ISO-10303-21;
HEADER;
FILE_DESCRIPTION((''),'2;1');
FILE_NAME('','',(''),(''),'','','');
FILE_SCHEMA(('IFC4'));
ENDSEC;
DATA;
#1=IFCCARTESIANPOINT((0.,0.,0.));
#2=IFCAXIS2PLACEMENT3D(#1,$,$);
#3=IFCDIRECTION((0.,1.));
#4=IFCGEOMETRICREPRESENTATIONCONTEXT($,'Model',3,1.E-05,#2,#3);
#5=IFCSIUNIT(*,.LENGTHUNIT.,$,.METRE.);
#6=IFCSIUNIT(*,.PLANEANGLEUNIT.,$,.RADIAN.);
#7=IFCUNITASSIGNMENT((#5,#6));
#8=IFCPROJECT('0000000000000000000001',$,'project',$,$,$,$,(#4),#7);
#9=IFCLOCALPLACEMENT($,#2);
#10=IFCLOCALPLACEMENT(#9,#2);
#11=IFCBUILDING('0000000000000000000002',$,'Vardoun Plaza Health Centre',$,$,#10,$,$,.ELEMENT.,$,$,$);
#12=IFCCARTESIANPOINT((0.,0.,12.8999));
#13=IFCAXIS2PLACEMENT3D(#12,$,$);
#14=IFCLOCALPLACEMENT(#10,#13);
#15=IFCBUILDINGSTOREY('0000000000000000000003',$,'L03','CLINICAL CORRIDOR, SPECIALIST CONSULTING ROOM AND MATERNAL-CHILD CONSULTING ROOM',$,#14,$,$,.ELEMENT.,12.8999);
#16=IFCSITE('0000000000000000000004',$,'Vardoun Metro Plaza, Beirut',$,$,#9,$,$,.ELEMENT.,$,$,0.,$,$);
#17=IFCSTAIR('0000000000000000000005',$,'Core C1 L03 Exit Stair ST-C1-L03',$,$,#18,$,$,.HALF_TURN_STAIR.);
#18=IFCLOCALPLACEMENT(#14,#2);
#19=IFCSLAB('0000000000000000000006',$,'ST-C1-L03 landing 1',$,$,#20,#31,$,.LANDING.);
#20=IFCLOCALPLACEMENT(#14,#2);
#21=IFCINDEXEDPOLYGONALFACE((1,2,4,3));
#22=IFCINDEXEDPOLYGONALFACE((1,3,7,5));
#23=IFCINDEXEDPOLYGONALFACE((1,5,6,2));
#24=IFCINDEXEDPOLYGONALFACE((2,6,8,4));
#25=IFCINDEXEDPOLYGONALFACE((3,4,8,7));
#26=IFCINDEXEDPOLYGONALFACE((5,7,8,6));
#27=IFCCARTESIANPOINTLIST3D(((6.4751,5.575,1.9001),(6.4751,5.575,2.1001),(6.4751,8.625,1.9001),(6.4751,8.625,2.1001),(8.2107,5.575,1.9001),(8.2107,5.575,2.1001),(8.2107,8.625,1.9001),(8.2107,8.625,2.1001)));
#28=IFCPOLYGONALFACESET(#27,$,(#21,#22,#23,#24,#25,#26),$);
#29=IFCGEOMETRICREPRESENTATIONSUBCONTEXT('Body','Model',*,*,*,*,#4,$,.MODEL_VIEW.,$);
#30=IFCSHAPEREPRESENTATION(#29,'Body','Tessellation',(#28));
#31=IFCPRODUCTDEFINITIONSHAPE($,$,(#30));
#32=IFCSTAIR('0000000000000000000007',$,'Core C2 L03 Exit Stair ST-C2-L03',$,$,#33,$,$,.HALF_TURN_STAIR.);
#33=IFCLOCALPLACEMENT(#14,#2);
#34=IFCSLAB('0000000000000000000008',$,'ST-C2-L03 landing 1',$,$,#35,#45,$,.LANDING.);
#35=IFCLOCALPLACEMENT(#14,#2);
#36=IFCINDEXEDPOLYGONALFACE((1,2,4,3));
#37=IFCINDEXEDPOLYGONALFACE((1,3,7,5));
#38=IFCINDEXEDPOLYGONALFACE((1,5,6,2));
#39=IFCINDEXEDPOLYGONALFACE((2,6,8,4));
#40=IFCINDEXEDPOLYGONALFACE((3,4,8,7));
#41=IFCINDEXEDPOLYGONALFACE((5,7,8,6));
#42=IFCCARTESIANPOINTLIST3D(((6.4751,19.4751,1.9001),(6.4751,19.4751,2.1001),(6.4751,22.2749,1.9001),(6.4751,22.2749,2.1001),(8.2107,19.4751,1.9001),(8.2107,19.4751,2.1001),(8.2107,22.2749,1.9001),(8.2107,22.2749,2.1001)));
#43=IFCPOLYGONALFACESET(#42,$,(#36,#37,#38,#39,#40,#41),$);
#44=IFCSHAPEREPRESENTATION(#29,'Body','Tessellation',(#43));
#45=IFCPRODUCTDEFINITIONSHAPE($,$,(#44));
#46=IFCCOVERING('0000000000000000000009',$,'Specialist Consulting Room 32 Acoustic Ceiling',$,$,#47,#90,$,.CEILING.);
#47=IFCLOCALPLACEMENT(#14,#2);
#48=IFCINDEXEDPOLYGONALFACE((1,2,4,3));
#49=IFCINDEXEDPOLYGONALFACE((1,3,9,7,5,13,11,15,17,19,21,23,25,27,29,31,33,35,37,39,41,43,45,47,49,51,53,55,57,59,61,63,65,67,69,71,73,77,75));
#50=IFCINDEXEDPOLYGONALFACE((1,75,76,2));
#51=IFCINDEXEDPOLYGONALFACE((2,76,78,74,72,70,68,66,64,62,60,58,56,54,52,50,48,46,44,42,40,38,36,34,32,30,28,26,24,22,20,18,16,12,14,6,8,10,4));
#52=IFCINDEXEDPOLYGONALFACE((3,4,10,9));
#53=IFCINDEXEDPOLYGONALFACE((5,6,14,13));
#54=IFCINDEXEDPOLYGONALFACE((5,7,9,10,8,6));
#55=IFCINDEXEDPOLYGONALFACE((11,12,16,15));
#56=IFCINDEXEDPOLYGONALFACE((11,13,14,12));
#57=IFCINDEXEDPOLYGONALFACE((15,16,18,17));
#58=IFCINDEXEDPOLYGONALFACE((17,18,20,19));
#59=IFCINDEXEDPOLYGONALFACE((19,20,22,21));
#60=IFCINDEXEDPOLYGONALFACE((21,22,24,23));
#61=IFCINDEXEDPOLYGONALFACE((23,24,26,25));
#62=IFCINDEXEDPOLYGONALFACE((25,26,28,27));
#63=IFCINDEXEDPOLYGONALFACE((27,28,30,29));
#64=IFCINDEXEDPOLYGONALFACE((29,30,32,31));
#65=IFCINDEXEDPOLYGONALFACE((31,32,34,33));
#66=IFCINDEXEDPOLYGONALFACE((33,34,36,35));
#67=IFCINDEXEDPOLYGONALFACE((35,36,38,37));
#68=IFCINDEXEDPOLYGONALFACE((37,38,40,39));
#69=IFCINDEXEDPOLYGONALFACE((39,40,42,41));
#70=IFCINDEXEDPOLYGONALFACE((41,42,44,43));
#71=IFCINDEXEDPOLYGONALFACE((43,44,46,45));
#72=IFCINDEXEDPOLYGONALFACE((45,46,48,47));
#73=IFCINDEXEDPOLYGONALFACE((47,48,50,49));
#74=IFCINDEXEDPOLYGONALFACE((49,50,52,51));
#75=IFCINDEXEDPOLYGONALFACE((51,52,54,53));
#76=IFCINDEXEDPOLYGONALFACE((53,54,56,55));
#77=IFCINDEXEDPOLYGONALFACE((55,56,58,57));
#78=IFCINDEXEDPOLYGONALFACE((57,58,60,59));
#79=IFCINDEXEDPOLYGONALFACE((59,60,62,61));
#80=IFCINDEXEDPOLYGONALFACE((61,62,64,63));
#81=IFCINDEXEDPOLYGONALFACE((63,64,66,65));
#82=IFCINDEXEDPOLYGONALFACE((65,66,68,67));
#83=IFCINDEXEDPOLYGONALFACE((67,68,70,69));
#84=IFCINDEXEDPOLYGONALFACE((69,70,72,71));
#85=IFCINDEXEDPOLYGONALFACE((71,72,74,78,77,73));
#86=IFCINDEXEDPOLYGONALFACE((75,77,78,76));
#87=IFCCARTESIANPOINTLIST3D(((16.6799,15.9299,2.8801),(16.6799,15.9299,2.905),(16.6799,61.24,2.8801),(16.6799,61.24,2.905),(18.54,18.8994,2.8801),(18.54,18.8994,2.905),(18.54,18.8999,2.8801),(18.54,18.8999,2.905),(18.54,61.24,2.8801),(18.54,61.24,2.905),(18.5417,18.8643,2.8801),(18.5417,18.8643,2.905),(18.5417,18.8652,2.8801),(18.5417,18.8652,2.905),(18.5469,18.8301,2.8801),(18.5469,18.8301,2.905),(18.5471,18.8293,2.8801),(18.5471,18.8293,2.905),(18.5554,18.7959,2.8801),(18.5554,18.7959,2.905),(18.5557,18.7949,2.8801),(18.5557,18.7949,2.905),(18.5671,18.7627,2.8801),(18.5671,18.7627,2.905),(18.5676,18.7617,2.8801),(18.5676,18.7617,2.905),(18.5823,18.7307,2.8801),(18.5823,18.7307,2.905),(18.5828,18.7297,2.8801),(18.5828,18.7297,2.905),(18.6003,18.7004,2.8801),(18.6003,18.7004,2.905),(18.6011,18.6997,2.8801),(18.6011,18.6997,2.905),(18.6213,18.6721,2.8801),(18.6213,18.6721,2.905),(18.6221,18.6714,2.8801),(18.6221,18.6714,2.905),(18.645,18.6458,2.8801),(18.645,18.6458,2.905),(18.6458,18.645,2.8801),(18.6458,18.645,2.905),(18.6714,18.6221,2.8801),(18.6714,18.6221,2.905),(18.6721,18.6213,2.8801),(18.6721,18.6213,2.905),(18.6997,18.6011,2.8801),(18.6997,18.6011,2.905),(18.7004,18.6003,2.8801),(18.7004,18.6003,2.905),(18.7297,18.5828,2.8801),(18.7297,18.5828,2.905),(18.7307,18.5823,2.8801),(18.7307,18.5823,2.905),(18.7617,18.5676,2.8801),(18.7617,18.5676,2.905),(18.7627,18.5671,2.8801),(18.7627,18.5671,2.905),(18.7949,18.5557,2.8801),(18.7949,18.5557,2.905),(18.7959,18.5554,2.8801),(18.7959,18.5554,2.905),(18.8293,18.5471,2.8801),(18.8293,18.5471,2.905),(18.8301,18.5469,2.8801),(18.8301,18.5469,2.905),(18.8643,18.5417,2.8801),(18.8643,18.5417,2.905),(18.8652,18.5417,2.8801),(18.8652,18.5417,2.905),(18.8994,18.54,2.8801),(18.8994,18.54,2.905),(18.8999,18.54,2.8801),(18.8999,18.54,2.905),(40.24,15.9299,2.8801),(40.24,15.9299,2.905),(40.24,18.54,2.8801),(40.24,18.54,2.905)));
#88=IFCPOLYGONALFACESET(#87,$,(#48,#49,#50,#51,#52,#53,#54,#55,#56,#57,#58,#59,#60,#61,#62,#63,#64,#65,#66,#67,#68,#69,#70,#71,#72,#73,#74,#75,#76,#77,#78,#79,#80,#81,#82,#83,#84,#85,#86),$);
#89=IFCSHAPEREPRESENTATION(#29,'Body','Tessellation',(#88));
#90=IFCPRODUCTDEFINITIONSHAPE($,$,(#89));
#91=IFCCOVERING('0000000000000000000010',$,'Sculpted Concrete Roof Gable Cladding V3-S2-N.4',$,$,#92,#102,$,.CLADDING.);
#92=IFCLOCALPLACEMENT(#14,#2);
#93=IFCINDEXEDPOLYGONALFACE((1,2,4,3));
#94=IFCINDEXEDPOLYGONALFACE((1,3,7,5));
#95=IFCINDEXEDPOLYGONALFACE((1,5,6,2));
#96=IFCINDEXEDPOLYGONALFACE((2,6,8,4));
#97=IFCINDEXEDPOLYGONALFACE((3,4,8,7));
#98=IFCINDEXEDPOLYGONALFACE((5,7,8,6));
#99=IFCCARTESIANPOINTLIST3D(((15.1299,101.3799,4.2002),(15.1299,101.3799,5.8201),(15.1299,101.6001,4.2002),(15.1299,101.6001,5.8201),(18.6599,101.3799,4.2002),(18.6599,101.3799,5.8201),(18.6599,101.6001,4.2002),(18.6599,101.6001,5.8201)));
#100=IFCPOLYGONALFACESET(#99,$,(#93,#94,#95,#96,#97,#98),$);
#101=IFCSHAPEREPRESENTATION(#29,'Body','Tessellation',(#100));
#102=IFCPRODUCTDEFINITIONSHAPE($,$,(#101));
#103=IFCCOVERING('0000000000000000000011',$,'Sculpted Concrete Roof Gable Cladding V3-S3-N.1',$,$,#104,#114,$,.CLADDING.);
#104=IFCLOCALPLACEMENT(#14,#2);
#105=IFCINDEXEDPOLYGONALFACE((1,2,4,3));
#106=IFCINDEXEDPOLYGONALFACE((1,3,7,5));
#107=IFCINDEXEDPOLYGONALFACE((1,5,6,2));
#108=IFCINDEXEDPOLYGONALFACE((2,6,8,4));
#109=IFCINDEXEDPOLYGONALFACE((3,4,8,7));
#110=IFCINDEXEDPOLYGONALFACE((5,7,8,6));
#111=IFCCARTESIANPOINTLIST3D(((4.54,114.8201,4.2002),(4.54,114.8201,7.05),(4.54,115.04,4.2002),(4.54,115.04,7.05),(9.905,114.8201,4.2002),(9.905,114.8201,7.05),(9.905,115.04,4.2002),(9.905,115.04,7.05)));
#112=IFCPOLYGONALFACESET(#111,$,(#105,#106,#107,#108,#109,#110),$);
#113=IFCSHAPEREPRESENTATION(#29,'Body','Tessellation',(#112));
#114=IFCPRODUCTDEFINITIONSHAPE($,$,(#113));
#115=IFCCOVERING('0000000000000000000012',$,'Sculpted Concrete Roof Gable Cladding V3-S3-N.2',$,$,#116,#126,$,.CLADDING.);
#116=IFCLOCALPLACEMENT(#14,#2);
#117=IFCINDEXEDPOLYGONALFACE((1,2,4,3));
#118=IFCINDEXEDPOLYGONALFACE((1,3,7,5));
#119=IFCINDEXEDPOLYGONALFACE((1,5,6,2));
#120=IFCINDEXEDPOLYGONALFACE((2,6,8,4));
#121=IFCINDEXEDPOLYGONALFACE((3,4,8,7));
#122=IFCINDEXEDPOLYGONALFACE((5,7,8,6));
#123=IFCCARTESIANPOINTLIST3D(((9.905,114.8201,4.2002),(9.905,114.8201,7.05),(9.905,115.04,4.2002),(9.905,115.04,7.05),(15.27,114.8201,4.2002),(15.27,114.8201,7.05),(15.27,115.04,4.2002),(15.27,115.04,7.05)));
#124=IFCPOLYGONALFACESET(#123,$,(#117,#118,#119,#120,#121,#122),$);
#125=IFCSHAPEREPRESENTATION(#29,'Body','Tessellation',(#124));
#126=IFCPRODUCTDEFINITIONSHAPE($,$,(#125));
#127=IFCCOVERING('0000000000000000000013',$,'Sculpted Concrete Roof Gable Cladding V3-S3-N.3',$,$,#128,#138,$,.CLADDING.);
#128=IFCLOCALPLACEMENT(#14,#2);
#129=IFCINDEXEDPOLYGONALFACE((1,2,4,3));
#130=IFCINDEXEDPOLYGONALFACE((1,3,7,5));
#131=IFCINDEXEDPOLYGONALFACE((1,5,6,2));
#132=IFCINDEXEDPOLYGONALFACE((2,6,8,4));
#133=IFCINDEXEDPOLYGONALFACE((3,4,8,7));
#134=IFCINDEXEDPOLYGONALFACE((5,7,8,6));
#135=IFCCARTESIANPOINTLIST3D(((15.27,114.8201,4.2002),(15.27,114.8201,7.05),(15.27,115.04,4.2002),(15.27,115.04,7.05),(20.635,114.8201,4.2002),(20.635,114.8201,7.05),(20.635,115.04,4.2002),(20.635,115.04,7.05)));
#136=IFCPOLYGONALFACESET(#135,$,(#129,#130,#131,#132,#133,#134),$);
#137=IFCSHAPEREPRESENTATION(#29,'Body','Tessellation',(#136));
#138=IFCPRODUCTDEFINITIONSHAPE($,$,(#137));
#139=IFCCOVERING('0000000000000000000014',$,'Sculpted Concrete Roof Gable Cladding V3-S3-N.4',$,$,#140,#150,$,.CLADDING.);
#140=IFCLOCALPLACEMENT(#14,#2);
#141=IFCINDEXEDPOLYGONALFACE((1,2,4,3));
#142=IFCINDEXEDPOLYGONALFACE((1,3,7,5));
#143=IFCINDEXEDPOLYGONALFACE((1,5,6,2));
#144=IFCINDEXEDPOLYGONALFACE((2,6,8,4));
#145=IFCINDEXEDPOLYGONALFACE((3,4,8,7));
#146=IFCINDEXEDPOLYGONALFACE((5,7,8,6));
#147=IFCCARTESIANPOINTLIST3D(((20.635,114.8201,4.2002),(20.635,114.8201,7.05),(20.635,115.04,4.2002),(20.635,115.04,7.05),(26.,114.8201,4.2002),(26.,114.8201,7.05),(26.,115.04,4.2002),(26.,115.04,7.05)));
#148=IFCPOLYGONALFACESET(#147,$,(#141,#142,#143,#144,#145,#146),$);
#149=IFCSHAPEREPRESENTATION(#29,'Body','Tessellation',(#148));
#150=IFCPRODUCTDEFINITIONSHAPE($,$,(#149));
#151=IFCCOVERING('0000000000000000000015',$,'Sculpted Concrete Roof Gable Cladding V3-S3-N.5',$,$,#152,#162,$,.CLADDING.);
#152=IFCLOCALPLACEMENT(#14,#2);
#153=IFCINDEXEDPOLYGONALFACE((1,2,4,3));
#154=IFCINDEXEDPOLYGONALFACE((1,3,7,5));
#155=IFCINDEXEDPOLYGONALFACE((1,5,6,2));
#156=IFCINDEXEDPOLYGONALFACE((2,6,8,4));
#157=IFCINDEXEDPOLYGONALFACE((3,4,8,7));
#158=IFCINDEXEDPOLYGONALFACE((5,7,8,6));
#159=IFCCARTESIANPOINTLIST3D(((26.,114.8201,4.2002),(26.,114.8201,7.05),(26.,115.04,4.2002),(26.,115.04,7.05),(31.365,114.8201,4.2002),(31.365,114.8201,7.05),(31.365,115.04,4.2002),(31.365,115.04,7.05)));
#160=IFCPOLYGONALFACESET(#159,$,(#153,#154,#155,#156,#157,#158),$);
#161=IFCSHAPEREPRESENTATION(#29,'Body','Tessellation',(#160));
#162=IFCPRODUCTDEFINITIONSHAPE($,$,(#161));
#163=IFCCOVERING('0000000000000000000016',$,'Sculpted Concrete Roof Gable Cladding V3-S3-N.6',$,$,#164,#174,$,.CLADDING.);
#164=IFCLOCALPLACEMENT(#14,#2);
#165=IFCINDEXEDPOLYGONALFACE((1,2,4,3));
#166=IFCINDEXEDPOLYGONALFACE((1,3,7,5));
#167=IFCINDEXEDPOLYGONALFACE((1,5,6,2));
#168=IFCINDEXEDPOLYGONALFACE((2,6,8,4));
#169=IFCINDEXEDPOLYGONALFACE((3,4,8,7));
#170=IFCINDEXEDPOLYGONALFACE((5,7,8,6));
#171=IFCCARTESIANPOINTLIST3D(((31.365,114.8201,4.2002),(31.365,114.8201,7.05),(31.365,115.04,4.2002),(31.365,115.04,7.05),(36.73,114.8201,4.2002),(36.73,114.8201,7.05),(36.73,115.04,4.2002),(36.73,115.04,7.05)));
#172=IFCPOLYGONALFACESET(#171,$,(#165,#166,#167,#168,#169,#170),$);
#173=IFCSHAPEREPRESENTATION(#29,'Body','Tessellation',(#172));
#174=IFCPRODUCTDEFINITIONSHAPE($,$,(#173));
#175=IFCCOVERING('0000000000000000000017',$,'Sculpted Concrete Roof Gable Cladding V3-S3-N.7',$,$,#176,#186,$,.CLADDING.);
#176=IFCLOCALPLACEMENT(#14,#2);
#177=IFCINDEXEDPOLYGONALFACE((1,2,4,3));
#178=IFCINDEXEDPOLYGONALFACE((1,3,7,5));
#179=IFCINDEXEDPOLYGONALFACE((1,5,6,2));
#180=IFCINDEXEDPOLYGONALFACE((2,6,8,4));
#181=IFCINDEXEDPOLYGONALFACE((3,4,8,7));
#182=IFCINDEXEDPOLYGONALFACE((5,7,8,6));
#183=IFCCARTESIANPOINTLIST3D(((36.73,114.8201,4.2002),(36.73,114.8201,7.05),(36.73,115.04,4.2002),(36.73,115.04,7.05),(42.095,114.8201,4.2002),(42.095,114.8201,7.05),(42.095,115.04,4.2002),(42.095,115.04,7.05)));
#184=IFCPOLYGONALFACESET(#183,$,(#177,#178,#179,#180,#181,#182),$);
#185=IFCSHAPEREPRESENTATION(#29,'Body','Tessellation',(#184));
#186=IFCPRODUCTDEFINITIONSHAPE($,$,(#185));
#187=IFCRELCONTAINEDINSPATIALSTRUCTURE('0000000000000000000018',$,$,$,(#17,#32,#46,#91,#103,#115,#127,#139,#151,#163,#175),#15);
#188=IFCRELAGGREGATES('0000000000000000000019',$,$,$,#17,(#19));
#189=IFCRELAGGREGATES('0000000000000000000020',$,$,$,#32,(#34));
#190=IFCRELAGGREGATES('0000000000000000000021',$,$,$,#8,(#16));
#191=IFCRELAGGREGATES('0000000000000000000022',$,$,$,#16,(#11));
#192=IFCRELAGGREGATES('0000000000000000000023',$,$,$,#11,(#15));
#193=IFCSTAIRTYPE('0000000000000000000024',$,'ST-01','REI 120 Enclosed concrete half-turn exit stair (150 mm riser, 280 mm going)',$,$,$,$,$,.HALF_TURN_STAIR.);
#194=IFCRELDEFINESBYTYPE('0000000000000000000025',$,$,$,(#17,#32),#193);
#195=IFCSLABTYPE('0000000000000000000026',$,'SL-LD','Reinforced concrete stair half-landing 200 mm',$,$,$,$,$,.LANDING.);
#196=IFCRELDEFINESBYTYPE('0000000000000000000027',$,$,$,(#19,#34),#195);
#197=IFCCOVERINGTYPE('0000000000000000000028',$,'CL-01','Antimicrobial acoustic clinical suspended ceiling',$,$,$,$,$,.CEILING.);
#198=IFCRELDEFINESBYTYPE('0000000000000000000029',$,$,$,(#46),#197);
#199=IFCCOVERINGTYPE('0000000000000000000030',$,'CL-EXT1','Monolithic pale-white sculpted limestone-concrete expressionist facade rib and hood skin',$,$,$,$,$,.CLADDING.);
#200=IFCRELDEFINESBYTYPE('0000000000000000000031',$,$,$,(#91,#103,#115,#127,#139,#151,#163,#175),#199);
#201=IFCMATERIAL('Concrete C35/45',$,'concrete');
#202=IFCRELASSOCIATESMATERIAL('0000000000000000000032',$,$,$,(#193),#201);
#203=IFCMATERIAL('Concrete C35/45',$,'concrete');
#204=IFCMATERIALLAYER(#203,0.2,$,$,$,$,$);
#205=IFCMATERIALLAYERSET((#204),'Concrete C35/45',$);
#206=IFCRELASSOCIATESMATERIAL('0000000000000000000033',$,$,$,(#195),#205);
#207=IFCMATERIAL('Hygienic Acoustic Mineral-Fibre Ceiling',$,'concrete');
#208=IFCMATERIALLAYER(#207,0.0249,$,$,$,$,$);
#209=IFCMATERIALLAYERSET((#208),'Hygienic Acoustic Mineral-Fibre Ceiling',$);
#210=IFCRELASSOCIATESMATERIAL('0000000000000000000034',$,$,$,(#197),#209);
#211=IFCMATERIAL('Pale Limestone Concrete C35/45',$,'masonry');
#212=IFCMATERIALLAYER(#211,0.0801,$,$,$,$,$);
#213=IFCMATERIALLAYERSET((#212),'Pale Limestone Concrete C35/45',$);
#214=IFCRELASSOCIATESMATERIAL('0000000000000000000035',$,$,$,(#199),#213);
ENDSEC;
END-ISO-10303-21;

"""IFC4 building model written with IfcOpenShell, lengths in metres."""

from ifc_helpers import new_model, si_unit, direction, frame, origin, place, context, subcontext, project, spatial, polyline, outline, extrude, material, layer, layer_set, type_object, element, aggregate, save


model = new_model("IFC4")

# Units and contexts
model_context = context("Model", 3, precision=1e-05, world=origin(), true_north=direction((0.0, 1.0)))
body_context = subcontext(model_context, "Body", "Model", "MODEL_VIEW")
ifc_project = project(units=[si_unit("LENGTHUNIT", "METRE"), si_unit("PLANEANGLEUNIT", "RADIAN")], contexts=[model_context])

# Site, building, storey
site_placement = place(None, origin())
site = spatial("IfcSite", under=ifc_project, at=site_placement, Name="Vardoun Metro Plaza, Beirut", CompositionType="ELEMENT", RefElevation=0.0)
building_placement = place(site_placement, origin())
building = spatial("IfcBuilding", under=site, at=building_placement, Name="Vardoun Plaza Health Centre", CompositionType="ELEMENT")
storey_placement = place(building_placement, frame((0.0, 0.0, 12.8999)))
storey = spatial("IfcBuildingStorey", under=building, at=storey_placement, Name="L03", Description="CLINICAL CORRIDOR, SPECIALIST CONSULTING ROOM AND MATERNAL-CHILD CONSULTING ROOM", CompositionType="ELEMENT", Elevation=12.8999)

# Stairs, slabs
ifc_material_1 = material(Name="Concrete C35/45", Category="concrete")
stair_type = type_object("IfcStairType", Name="ST-01", Description="REI 120 Enclosed concrete half-turn exit stair (150 mm riser, 280 mm going)", PredefinedType="HALF_TURN_STAIR", material=ifc_material_1)
stair_1_placement = place(storey_placement, origin())
stair_1 = element("IfcStair", 1, at=stair_1_placement, inside=storey, type_object=stair_type, Name="Core C1 L03 Exit Stair ST-C1-L03", PredefinedType="HALF_TURN_STAIR")
ifc_material_2 = material(Name="Concrete C35/45", Category="concrete")
ifc_layer_1 = layer(ifc_material_2, 0.2)
ifc_layer_set_1 = layer_set([ifc_layer_1], Name="Concrete C35/45")
slab_type = type_object("IfcSlabType", Name="SL-LD", Description="Reinforced concrete stair half-landing 200 mm", PredefinedType="LANDING", material=ifc_layer_set_1)
slab_1_placement = place(storey_placement, frame((0.0, 0.0, 1.9001)))
slab_1 = element("IfcSlab", 2, at=slab_1_placement, type_object=slab_type, Name="ST-C1-L03 landing 1", PredefinedType="LANDING", context=body_context, shape_type="SweptSolid", body=[
    extrude(outline(polyline([(6.4751, 5.575), (8.2107, 5.575), (8.2107, 8.625), (6.4751, 8.625), (6.4751, 5.575)])), origin(), (0.0, 0.0, 1.0), 0.2),
])
aggregate(stair_1, [slab_1])
stair_2_placement = place(storey_placement, origin())
stair_2 = element("IfcStair", 3, at=stair_2_placement, inside=storey, type_object=stair_type, Name="Core C2 L03 Exit Stair ST-C2-L03", PredefinedType="HALF_TURN_STAIR")
slab_2_placement = place(storey_placement, frame((0.0, 0.0, 1.9001)))
slab_2 = element("IfcSlab", 4, at=slab_2_placement, type_object=slab_type, Name="ST-C2-L03 landing 1", PredefinedType="LANDING", context=body_context, shape_type="SweptSolid", body=[
    extrude(outline(polyline([(6.4751, 19.4751), (8.2107, 19.4751), (8.2107, 22.2749), (6.4751, 22.2749), (6.4751, 19.4751)])), origin(), (0.0, 0.0, 1.0), 0.2),
])
aggregate(stair_2, [slab_2])

# Coverings
ifc_material_3 = material(Name="Hygienic Acoustic Mineral-Fibre Ceiling", Category="concrete")
ifc_layer_2 = layer(ifc_material_3, 0.0249)
ifc_layer_set_2 = layer_set([ifc_layer_2], Name="Hygienic Acoustic Mineral-Fibre Ceiling")
covering_type_1 = type_object("IfcCoveringType", Name="CL-01", Description="Antimicrobial acoustic clinical suspended ceiling", PredefinedType="CEILING", material=ifc_layer_set_2)
covering_1_placement = place(storey_placement, frame((0.0, 0.0, 2.8801)))
element("IfcCovering", 5, at=covering_1_placement, inside=storey, type_object=covering_type_1, Name="Specialist Consulting Room 32 Acoustic Ceiling", PredefinedType="CEILING", context=body_context, shape_type="SweptSolid", body=[
    extrude(outline(polyline([(18.54, 61.24), (18.54, 18.8999), (18.54, 18.8994), (18.5417, 18.8652), (18.5417, 18.8643), (18.5469, 18.8301), (18.5471, 18.8293), (18.5554, 18.7959), (18.5557, 18.7949), (18.5671, 18.7627), (18.5676, 18.7617), (18.5823, 18.7307), (18.5828, 18.7297), (18.6003, 18.7004), (18.6011, 18.6997), (18.6213, 18.6721), (18.6221, 18.6714), (18.645, 18.6458), (18.6458, 18.645), (18.6714, 18.6221), (18.6721, 18.6213), (18.6997, 18.6011), (18.7004, 18.6003), (18.7297, 18.5828), (18.7307, 18.5823), (18.7617, 18.5676), (18.7627, 18.5671), (18.7949, 18.5557), (18.7959, 18.5554), (18.8293, 18.5471), (18.8301, 18.5469), (18.8643, 18.5417), (18.8652, 18.5417), (18.8994, 18.54), (18.8999, 18.54), (40.24, 18.54), (40.24, 15.9299), (16.6799, 15.9299), (16.6799, 61.24), (18.54, 61.24)])), origin(), (0.0, 0.0, 1.0), 0.0249),
])
ifc_material_4 = material(Name="Pale Limestone Concrete C35/45", Category="masonry")
ifc_layer_3 = layer(ifc_material_4, 0.0801)
ifc_layer_set_3 = layer_set([ifc_layer_3], Name="Pale Limestone Concrete C35/45")
covering_type_2 = type_object("IfcCoveringType", Name="CL-EXT1", Description="Monolithic pale-white sculpted limestone-concrete expressionist facade rib and hood skin", PredefinedType="CLADDING", material=ifc_layer_set_3)
covering_2_placement = place(storey_placement, frame((0.0, 0.0, 4.2002)))
element("IfcCovering", 6, at=covering_2_placement, inside=storey, type_object=covering_type_2, Name="Sculpted Concrete Roof Gable Cladding V3-S2-N.4", PredefinedType="CLADDING", context=body_context, shape_type="SweptSolid", body=[
    extrude(outline(polyline([(15.1299, 101.3799), (18.6599, 101.3799), (18.6599, 101.6001), (15.1299, 101.6001), (15.1299, 101.3799)])), origin(), (0.0, 0.0, 1.0), 1.6199),
])
covering_3_placement = place(storey_placement, frame((0.0, 0.0, 4.2002)))
element("IfcCovering", 7, at=covering_3_placement, inside=storey, type_object=covering_type_2, Name="Sculpted Concrete Roof Gable Cladding V3-S3-N.1", PredefinedType="CLADDING", context=body_context, shape_type="SweptSolid", body=[
    extrude(outline(polyline([(4.54, 114.8201), (9.905, 114.8201), (9.905, 115.04), (4.54, 115.04), (4.54, 114.8201)])), origin(), (0.0, 0.0, 1.0), 2.8499),
])
covering_4_placement = place(storey_placement, frame((0.0, 0.0, 4.2002)))
element("IfcCovering", 8, at=covering_4_placement, inside=storey, type_object=covering_type_2, Name="Sculpted Concrete Roof Gable Cladding V3-S3-N.2", PredefinedType="CLADDING", context=body_context, shape_type="SweptSolid", body=[
    extrude(outline(polyline([(9.905, 114.8201), (15.27, 114.8201), (15.27, 115.04), (9.905, 115.04), (9.905, 114.8201)])), origin(), (0.0, 0.0, 1.0), 2.8499),
])
covering_5_placement = place(storey_placement, frame((0.0, 0.0, 4.2002)))
element("IfcCovering", 9, at=covering_5_placement, inside=storey, type_object=covering_type_2, Name="Sculpted Concrete Roof Gable Cladding V3-S3-N.3", PredefinedType="CLADDING", context=body_context, shape_type="SweptSolid", body=[
    extrude(outline(polyline([(15.27, 114.8201), (20.635, 114.8201), (20.635, 115.04), (15.27, 115.04), (15.27, 114.8201)])), origin(), (0.0, 0.0, 1.0), 2.8499),
])
covering_6_placement = place(storey_placement, frame((0.0, 0.0, 4.2002)))
element("IfcCovering", 10, at=covering_6_placement, inside=storey, type_object=covering_type_2, Name="Sculpted Concrete Roof Gable Cladding V3-S3-N.4", PredefinedType="CLADDING", context=body_context, shape_type="SweptSolid", body=[
    extrude(outline(polyline([(20.635, 114.8201), (26.0, 114.8201), (26.0, 115.04), (20.635, 115.04), (20.635, 114.8201)])), origin(), (0.0, 0.0, 1.0), 2.8499),
])
covering_7_placement = place(storey_placement, frame((0.0, 0.0, 4.2002)))
element("IfcCovering", 11, at=covering_7_placement, inside=storey, type_object=covering_type_2, Name="Sculpted Concrete Roof Gable Cladding V3-S3-N.5", PredefinedType="CLADDING", context=body_context, shape_type="SweptSolid", body=[
    extrude(outline(polyline([(26.0, 114.8201), (31.365, 114.8201), (31.365, 115.04), (26.0, 115.04), (26.0, 114.8201)])), origin(), (0.0, 0.0, 1.0), 2.8499),
])
covering_8_placement = place(storey_placement, frame((0.0, 0.0, 4.2002)))
element("IfcCovering", 12, at=covering_8_placement, inside=storey, type_object=covering_type_2, Name="Sculpted Concrete Roof Gable Cladding V3-S3-N.6", PredefinedType="CLADDING", context=body_context, shape_type="SweptSolid", body=[
    extrude(outline(polyline([(31.365, 114.8201), (36.73, 114.8201), (36.73, 115.04), (31.365, 115.04), (31.365, 114.8201)])), origin(), (0.0, 0.0, 1.0), 2.8499),
])
covering_9_placement = place(storey_placement, frame((0.0, 0.0, 4.2002)))
element("IfcCovering", 13, at=covering_9_placement, inside=storey, type_object=covering_type_2, Name="Sculpted Concrete Roof Gable Cladding V3-S3-N.7", PredefinedType="CLADDING", context=body_context, shape_type="SweptSolid", body=[
    extrude(outline(polyline([(36.73, 114.8201), (42.095, 114.8201), (42.095, 115.04), (36.73, 115.04), (36.73, 114.8201)])), origin(), (0.0, 0.0, 1.0), 2.8499),
])

save(model, "model.ifc")
